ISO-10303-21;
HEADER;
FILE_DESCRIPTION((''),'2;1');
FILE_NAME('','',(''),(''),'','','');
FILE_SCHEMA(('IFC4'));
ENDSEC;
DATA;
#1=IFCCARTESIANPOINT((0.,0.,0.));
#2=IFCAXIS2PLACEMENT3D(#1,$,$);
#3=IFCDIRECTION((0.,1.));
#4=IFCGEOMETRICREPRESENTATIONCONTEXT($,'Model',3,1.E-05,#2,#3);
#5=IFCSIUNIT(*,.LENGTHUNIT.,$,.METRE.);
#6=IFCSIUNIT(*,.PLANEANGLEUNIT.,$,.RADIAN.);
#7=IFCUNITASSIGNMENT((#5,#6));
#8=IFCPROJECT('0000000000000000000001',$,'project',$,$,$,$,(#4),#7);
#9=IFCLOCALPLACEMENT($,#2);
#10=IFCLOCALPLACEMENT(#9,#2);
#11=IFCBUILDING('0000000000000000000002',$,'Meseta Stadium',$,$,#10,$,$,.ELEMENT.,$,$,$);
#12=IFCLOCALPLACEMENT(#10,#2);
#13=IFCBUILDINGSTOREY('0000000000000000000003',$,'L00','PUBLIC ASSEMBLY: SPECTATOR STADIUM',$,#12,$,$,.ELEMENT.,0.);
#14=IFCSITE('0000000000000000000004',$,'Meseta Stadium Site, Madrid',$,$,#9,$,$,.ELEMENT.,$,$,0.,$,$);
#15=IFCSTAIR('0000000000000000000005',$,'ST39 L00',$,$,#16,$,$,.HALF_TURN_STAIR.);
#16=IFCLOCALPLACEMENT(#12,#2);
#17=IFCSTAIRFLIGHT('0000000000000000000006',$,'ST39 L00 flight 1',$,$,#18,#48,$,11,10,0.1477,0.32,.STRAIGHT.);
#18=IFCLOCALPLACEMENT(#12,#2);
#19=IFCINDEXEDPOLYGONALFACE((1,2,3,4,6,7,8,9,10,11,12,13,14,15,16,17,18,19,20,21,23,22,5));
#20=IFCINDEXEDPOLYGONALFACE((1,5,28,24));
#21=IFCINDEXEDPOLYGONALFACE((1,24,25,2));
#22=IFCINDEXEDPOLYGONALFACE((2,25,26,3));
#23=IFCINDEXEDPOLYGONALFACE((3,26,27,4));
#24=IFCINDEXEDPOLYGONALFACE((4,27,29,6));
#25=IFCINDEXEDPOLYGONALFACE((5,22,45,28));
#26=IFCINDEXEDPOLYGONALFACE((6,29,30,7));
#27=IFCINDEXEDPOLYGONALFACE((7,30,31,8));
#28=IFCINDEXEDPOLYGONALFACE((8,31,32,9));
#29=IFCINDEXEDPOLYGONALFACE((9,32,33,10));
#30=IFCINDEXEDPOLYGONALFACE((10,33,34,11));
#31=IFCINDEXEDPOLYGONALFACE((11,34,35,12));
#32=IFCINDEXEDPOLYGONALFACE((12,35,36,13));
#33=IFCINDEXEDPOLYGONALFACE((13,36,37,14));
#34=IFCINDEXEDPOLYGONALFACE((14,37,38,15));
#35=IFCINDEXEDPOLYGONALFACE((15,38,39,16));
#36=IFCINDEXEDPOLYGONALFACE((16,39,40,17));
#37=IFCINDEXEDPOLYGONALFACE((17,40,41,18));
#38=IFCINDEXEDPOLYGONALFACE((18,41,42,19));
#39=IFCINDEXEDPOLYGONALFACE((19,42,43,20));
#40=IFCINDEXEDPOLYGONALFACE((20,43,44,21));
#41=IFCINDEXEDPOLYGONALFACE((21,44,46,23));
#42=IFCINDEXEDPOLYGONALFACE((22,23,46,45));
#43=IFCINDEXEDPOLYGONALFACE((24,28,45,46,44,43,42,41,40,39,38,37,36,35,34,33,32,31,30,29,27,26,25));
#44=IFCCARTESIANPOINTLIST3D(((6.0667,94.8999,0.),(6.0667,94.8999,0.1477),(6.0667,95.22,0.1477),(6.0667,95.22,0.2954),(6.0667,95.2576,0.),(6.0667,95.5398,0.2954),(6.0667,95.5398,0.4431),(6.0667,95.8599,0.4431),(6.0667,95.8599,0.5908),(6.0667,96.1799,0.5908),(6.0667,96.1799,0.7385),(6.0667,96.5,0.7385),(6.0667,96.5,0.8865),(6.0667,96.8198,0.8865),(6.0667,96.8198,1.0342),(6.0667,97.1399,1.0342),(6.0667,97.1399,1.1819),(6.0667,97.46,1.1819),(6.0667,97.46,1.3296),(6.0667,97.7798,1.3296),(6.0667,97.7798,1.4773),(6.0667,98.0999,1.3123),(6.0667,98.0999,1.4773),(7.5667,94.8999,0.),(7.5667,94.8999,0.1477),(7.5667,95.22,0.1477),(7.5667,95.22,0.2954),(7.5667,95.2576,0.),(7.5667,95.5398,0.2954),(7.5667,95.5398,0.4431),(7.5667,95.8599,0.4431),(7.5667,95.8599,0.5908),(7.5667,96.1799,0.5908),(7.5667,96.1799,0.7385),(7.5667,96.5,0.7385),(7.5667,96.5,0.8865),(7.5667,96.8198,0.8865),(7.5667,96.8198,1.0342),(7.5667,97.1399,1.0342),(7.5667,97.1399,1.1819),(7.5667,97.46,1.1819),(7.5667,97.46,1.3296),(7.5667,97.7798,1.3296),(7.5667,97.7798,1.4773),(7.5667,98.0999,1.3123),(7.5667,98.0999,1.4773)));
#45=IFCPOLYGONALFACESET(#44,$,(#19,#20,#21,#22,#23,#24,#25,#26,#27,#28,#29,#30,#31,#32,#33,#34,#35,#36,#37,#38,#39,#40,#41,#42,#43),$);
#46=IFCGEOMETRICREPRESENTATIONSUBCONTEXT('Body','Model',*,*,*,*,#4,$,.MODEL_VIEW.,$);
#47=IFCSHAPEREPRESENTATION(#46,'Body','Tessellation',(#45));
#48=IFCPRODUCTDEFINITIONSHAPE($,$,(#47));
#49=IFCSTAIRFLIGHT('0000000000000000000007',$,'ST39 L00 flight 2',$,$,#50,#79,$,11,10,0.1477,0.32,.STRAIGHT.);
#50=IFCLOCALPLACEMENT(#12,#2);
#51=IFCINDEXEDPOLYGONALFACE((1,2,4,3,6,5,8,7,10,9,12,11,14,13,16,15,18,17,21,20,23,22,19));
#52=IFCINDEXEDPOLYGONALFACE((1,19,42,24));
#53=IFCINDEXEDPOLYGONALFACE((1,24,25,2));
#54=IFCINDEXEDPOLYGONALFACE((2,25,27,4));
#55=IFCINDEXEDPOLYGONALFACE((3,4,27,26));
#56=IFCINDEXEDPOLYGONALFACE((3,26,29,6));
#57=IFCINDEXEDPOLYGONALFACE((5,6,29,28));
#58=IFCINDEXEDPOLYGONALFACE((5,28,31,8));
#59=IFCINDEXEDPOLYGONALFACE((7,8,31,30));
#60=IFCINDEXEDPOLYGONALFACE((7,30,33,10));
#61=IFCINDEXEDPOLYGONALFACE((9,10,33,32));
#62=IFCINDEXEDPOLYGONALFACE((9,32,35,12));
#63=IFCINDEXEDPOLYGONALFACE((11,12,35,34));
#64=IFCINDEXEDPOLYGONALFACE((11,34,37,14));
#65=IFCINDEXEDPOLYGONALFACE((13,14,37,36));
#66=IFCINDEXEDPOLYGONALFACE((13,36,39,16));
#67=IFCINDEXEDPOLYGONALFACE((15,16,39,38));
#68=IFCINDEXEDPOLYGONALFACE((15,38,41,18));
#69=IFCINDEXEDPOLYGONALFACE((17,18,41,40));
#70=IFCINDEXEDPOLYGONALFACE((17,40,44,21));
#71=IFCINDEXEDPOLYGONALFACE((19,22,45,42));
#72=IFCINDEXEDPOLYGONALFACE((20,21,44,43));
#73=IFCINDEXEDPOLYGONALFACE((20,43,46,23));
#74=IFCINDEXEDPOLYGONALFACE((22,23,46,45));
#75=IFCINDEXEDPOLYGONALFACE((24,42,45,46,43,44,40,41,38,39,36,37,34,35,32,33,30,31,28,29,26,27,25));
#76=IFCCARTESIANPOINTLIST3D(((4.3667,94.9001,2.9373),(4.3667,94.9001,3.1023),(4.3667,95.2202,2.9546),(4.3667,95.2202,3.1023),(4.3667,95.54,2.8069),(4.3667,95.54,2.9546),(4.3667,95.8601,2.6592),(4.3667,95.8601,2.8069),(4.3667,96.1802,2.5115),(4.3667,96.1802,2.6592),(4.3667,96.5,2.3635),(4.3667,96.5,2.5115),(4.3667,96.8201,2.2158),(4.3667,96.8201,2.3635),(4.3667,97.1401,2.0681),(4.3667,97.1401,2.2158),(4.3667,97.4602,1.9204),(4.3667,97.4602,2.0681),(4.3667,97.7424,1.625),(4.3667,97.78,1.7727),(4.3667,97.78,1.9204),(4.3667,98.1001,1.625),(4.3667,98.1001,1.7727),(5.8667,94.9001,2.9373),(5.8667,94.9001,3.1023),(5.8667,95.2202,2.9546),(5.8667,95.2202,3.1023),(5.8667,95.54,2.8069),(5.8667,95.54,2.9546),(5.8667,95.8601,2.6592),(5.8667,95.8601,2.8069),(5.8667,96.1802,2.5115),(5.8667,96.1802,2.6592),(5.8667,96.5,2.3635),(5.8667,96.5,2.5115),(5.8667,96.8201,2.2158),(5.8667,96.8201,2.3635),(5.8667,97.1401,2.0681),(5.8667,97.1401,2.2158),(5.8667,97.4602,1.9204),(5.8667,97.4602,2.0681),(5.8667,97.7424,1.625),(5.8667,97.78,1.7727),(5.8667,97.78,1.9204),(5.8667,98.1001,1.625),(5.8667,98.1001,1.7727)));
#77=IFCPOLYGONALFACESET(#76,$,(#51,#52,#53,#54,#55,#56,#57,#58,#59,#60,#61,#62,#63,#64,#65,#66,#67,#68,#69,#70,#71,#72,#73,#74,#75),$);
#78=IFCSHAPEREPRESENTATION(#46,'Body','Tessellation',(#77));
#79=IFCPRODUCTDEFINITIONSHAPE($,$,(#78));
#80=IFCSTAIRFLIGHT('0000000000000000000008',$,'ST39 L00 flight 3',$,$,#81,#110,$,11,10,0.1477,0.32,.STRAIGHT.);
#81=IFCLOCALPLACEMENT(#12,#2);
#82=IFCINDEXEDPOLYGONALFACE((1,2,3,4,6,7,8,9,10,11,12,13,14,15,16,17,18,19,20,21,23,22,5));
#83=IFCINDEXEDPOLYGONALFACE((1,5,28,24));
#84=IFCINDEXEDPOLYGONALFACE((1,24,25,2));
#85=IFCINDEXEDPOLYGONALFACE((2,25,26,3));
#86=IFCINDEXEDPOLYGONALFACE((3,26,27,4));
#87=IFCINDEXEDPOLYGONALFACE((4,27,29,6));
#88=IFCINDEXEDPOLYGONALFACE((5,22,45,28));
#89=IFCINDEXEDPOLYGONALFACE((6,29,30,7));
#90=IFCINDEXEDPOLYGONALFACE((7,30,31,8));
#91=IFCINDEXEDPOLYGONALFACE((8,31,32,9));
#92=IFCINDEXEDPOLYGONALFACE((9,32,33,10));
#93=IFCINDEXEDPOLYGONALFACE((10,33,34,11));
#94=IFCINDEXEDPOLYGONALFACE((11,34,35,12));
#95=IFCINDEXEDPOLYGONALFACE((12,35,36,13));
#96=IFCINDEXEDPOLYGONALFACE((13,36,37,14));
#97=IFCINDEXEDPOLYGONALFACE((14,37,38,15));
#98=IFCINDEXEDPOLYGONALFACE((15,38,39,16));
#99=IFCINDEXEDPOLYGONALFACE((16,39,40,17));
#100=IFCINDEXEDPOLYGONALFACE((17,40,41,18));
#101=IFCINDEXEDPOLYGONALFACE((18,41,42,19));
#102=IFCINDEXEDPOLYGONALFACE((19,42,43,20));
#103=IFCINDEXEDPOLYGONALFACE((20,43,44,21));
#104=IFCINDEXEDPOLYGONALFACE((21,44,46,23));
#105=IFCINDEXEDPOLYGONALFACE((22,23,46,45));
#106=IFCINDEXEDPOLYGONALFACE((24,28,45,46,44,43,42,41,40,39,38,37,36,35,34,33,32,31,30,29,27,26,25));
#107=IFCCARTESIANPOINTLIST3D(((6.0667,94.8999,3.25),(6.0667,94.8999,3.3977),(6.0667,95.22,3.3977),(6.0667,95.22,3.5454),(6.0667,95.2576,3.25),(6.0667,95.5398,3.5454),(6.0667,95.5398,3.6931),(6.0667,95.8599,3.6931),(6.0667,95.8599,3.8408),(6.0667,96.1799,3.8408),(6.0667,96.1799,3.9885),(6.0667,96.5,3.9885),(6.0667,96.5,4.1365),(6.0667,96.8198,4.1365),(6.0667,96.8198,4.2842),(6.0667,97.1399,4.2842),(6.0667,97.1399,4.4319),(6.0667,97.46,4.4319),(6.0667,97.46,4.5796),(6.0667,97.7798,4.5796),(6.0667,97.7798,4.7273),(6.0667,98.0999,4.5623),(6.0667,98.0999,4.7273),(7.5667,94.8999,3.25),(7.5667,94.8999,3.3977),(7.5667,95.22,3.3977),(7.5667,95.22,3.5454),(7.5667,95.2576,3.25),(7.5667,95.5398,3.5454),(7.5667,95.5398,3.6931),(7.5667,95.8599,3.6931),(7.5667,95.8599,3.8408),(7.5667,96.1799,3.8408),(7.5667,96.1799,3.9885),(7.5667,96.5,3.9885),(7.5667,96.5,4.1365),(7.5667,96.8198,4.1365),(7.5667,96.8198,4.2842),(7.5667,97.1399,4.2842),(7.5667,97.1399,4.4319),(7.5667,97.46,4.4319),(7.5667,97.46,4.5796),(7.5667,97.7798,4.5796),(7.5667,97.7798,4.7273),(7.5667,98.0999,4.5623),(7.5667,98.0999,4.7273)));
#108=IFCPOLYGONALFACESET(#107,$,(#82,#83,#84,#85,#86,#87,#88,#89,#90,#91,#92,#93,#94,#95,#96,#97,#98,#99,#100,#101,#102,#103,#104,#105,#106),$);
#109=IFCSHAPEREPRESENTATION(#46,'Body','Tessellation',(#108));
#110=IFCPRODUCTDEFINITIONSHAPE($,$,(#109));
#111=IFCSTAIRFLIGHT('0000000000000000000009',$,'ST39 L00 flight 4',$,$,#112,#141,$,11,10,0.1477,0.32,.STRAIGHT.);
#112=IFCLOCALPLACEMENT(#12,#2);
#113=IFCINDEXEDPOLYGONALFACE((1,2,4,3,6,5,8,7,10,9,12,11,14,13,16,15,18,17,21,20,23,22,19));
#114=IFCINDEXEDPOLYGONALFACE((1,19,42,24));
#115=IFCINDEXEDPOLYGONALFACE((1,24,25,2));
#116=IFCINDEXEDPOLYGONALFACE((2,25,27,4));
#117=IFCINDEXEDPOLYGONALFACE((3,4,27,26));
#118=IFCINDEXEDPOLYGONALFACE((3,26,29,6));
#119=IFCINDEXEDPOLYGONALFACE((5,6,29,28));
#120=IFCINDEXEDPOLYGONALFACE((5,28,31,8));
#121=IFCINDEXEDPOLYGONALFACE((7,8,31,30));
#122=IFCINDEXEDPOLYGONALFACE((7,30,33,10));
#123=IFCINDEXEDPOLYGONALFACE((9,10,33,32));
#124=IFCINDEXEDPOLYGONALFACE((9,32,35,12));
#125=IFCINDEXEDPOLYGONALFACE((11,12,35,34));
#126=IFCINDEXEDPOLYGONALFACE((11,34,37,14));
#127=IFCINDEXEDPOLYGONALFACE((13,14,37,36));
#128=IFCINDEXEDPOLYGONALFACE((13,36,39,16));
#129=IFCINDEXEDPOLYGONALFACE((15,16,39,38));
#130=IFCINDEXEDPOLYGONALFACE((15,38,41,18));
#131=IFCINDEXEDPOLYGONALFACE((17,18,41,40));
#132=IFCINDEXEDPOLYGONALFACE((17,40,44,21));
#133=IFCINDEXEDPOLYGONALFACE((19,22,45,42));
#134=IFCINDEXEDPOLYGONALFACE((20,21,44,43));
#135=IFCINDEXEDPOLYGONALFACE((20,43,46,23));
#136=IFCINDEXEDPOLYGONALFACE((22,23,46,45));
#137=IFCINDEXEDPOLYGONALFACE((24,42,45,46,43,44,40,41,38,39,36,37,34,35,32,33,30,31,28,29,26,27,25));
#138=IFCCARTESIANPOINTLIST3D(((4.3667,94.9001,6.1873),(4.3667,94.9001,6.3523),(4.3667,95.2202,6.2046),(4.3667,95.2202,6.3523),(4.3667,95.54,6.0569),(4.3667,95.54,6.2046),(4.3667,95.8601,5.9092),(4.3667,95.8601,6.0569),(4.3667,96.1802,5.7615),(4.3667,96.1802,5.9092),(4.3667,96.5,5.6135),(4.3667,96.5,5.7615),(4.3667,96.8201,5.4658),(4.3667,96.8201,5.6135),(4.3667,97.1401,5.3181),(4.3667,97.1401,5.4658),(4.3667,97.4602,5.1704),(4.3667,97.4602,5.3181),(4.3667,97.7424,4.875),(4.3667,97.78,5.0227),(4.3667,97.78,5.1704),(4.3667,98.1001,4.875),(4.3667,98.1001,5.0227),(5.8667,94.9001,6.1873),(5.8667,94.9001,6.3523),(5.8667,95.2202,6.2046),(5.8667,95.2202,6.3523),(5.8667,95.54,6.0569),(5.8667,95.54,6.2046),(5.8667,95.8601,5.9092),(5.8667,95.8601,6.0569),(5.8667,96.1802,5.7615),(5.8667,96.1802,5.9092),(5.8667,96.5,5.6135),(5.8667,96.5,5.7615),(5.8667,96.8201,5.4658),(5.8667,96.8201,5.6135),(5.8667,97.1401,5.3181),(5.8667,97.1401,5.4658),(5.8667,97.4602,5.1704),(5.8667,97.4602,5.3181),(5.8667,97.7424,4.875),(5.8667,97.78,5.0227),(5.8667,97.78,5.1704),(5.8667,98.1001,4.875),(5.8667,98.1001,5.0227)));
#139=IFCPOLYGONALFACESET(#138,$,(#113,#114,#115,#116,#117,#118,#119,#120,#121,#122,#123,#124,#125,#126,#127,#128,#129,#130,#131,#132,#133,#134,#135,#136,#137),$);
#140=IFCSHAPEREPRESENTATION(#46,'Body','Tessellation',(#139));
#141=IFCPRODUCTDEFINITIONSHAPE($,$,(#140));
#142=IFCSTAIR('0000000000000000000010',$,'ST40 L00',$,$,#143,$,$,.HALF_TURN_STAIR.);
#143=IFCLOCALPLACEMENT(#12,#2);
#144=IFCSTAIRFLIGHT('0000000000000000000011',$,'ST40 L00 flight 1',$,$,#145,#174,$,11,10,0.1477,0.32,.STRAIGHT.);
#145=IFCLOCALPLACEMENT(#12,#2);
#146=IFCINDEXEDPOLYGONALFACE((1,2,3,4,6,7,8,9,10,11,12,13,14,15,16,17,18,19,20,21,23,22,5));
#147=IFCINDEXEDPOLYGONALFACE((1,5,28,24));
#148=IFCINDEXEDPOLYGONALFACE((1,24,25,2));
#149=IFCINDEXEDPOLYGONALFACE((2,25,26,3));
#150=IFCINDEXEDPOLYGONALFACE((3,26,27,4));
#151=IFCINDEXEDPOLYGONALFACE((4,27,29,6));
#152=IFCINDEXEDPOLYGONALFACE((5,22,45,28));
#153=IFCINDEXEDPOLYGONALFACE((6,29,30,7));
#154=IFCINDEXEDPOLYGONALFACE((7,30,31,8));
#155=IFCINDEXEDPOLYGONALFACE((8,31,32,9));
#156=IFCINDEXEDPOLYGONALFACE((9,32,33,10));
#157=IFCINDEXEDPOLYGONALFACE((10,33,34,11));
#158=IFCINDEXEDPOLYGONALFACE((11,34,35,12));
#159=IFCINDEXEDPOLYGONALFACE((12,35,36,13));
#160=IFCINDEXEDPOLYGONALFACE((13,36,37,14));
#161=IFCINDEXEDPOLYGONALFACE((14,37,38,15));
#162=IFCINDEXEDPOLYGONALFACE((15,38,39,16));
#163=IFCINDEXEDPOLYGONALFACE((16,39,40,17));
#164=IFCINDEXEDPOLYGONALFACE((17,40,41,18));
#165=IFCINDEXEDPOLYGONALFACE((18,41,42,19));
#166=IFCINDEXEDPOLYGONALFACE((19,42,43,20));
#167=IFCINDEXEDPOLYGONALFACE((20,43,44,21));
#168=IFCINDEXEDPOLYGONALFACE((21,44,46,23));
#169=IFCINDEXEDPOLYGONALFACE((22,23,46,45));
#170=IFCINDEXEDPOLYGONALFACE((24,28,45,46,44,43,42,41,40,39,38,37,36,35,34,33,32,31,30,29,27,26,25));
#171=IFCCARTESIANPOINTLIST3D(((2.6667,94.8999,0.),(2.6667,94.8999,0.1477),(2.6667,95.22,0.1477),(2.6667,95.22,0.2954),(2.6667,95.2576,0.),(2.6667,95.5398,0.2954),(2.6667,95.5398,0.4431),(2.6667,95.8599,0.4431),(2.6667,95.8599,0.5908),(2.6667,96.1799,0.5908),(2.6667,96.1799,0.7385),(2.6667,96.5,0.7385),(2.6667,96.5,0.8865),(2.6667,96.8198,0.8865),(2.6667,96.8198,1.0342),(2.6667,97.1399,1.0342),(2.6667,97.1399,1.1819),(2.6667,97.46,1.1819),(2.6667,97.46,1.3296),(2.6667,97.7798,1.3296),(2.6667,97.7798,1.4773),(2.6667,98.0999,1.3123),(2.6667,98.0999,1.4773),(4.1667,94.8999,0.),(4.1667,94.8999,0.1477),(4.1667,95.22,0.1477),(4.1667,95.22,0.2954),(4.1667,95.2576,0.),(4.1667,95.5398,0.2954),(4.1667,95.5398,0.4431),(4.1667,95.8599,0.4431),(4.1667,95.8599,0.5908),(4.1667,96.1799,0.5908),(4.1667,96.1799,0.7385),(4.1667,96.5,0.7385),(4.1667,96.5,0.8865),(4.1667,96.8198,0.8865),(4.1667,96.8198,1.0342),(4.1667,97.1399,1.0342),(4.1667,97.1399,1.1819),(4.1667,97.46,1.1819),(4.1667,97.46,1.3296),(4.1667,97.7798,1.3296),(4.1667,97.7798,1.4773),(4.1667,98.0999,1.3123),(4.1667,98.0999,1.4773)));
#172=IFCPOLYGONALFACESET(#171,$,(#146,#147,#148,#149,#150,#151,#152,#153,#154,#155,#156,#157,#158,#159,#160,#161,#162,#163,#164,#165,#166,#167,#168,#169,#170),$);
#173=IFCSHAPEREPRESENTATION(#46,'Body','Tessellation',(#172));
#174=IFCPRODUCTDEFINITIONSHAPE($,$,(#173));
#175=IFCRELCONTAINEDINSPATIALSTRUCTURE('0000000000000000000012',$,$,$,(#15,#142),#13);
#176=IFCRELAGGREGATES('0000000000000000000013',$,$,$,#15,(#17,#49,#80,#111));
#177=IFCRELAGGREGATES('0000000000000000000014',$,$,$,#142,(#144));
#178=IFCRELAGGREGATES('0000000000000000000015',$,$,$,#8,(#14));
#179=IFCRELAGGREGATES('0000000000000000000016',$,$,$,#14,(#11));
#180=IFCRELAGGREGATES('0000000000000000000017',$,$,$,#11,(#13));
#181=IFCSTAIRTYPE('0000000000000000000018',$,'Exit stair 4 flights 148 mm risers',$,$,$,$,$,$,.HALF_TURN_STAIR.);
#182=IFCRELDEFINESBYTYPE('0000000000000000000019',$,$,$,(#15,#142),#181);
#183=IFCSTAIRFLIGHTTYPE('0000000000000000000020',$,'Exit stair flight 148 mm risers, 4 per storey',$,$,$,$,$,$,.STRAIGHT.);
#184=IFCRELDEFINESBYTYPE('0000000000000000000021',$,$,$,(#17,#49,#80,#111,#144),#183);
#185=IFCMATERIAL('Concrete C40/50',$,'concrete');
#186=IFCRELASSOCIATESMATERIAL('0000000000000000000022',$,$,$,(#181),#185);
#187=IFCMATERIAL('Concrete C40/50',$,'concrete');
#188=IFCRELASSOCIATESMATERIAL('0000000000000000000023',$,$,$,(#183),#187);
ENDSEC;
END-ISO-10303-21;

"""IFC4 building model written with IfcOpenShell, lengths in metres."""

from ifc_helpers import new_model, si_unit, direction, frame, origin, place, context, subcontext, project, spatial, polyline, outline, extrude, material, type_object, element, aggregate, save


model = new_model("IFC4")

# Units and contexts
model_context = context("Model", 3, precision=1e-05, world=origin(), true_north=direction((0.0, 1.0)))
body_context = subcontext(model_context, "Body", "Model", "MODEL_VIEW")
ifc_project = project(units=[si_unit("LENGTHUNIT", "METRE"), si_unit("PLANEANGLEUNIT", "RADIAN")], contexts=[model_context])

# Site, building, storey
site_placement = place(None, origin())
site = spatial("IfcSite", under=ifc_project, at=site_placement, Name="Meseta Stadium Site, Madrid", CompositionType="ELEMENT", RefElevation=0.0)
building_placement = place(site_placement, origin())
building = spatial("IfcBuilding", under=site, at=building_placement, Name="Meseta Stadium", CompositionType="ELEMENT")
storey_placement = place(building_placement, origin())
storey = spatial("IfcBuildingStorey", under=building, at=storey_placement, Name="L00", Description="PUBLIC ASSEMBLY: SPECTATOR STADIUM", CompositionType="ELEMENT", Elevation=0.0)

# Stairs, stair flights
ifc_material_1 = material(Name="Concrete C40/50", Category="concrete")
stair_type = type_object("IfcStairType", Name="Exit stair 4 flights 148 mm risers", PredefinedType="HALF_TURN_STAIR", material=ifc_material_1)
stair_1_placement = place(storey_placement, origin())
stair_1 = element("IfcStair", 1, at=stair_1_placement, inside=storey, type_object=stair_type, Name="ST39 L00", PredefinedType="HALF_TURN_STAIR")
ifc_material_2 = material(Name="Concrete C40/50", Category="concrete")
stair_flight_type = type_object("IfcStairFlightType", Name="Exit stair flight 148 mm risers, 4 per storey", PredefinedType="STRAIGHT", material=ifc_material_2)
stair_flight_1_placement = place(storey_placement, frame((6.8167, 94.8999, 0.0), z_axis=(0.0, 0.0, 1.0), x_axis=(0.0, 1.0, 0.0)))
stair_flight_1 = element("IfcStairFlight", 2, at=stair_flight_1_placement, type_object=stair_flight_type, Name="ST39 L00 flight 1", NumberOfRisers=11, NumberOfTreads=10, PredefinedType="STRAIGHT", RiserHeight=0.1477, TreadLength=0.32, context=body_context, shape_type="SweptSolid", body=[
    extrude(outline(polyline([(0.0, 0.0), (0.0, 0.1477), (0.3201, 0.1477), (0.3201, 0.2954), (0.6399, 0.2954), (0.6399, 0.4431), (0.96, 0.4431), (0.96, 0.5908), (1.28, 0.5908), (1.28, 0.7385), (1.6001, 0.7385), (1.6001, 0.8865), (1.9199, 0.8865), (1.9199, 1.0342), (2.24, 1.0342), (2.24, 1.1819), (2.5601, 1.1819), (2.5601, 1.3296), (2.8799, 1.3296), (2.8799, 1.4773), (3.2, 1.4773), (3.2, 1.3123), (0.3577, 0.0), (0.0, 0.0)])), frame((0.0, 0.75, 0.0), z_axis=(0.0, -1.0, 0.0), x_axis=(1.0, 0.0, 0.0)), (0.0, 0.0, 1.0), 1.5),
])
stair_flight_2_placement = place(storey_placement, frame((5.1167, 98.1001, 1.625), z_axis=(0.0, 0.0, 1.0), x_axis=(0.0, -1.0, 0.0)))
stair_flight_2 = element("IfcStairFlight", 3, at=stair_flight_2_placement, type_object=stair_flight_type, Name="ST39 L00 flight 2", NumberOfRisers=11, NumberOfTreads=10, PredefinedType="STRAIGHT", RiserHeight=0.1477, TreadLength=0.32, context=body_context, shape_type="SweptSolid", body=[
    extrude(outline(polyline([(0.0, 0.0), (0.0, 0.1477), (0.3201, 0.1477), (0.3201, 0.2954), (0.6399, 0.2954), (0.6399, 0.4431), (0.96, 0.4431), (0.96, 0.5908), (1.28, 0.5908), (1.28, 0.7385), (1.6001, 0.7385), (1.6001, 0.8865), (1.9199, 0.8865), (1.9199, 1.0342), (2.24, 1.0342), (2.24, 1.1819), (2.5601, 1.1819), (2.5601, 1.3296), (2.8799, 1.3296), (2.8799, 1.4773), (3.2, 1.4773), (3.2, 1.3123), (0.3577, 0.0), (0.0, 0.0)])), frame((0.0, 0.75, 0.0), z_axis=(0.0, -1.0, 0.0), x_axis=(1.0, 0.0, 0.0)), (0.0, 0.0, 1.0), 1.5),
])
stair_flight_3_placement = place(storey_placement, frame((6.8167, 94.8999, 3.25), z_axis=(0.0, 0.0, 1.0), x_axis=(0.0, 1.0, 0.0)))
stair_flight_3 = element("IfcStairFlight", 4, at=stair_flight_3_placement, type_object=stair_flight_type, Name="ST39 L00 flight 3", NumberOfRisers=11, NumberOfTreads=10, PredefinedType="STRAIGHT", RiserHeight=0.1477, TreadLength=0.32, context=body_context, shape_type="SweptSolid", body=[
    extrude(outline(polyline([(0.0, 0.0), (0.0, 0.1477), (0.3201, 0.1477), (0.3201, 0.2954), (0.6399, 0.2954), (0.6399, 0.4431), (0.96, 0.4431), (0.96, 0.5908), (1.28, 0.5908), (1.28, 0.7385), (1.6001, 0.7385), (1.6001, 0.8865), (1.9199, 0.8865), (1.9199, 1.0342), (2.24, 1.0342), (2.24, 1.1819), (2.5601, 1.1819), (2.5601, 1.3296), (2.8799, 1.3296), (2.8799, 1.4773), (3.2, 1.4773), (3.2, 1.3123), (0.3577, 0.0), (0.0, 0.0)])), frame((0.0, 0.75, 0.0), z_axis=(0.0, -1.0, 0.0), x_axis=(1.0, 0.0, 0.0)), (0.0, 0.0, 1.0), 1.5),
])
stair_flight_4_placement = place(storey_placement, frame((5.1167, 98.1001, 4.875), z_axis=(0.0, 0.0, 1.0), x_axis=(0.0, -1.0, 0.0)))
stair_flight_4 = element("IfcStairFlight", 5, at=stair_flight_4_placement, type_object=stair_flight_type, Name="ST39 L00 flight 4", NumberOfRisers=11, NumberOfTreads=10, PredefinedType="STRAIGHT", RiserHeight=0.1477, TreadLength=0.32, context=body_context, shape_type="SweptSolid", body=[
    extrude(outline(polyline([(0.0, 0.0), (0.0, 0.1477), (0.3201, 0.1477), (0.3201, 0.2954), (0.6399, 0.2954), (0.6399, 0.4431), (0.96, 0.4431), (0.96, 0.5908), (1.28, 0.5908), (1.28, 0.7385), (1.6001, 0.7385), (1.6001, 0.8865), (1.9199, 0.8865), (1.9199, 1.0342), (2.24, 1.0342), (2.24, 1.1819), (2.5601, 1.1819), (2.5601, 1.3296), (2.8799, 1.3296), (2.8799, 1.4773), (3.2, 1.4773), (3.2, 1.3123), (0.3577, 0.0), (0.0, 0.0)])), frame((0.0, 0.75, 0.0), z_axis=(0.0, -1.0, 0.0), x_axis=(1.0, 0.0, 0.0)), (0.0, 0.0, 1.0), 1.5),
])
aggregate(stair_1, [stair_flight_1, stair_flight_2, stair_flight_3, stair_flight_4])
stair_2_placement = place(storey_placement, origin())
stair_2 = element("IfcStair", 6, at=stair_2_placement, inside=storey, type_object=stair_type, Name="ST40 L00", PredefinedType="HALF_TURN_STAIR")
stair_flight_5_placement = place(storey_placement, frame((3.4167, 94.8999, 0.0), z_axis=(0.0, 0.0, 1.0), x_axis=(0.0, 1.0, 0.0)))
stair_flight_5 = element("IfcStairFlight", 7, at=stair_flight_5_placement, type_object=stair_flight_type, Name="ST40 L00 flight 1", NumberOfRisers=11, NumberOfTreads=10, PredefinedType="STRAIGHT", RiserHeight=0.1477, TreadLength=0.32, context=body_context, shape_type="SweptSolid", body=[
    extrude(outline(polyline([(0.0, 0.0), (0.0, 0.1477), (0.3201, 0.1477), (0.3201, 0.2954), (0.6399, 0.2954), (0.6399, 0.4431), (0.96, 0.4431), (0.96, 0.5908), (1.28, 0.5908), (1.28, 0.7385), (1.6001, 0.7385), (1.6001, 0.8865), (1.9199, 0.8865), (1.9199, 1.0342), (2.24, 1.0342), (2.24, 1.1819), (2.5601, 1.1819), (2.5601, 1.3296), (2.8799, 1.3296), (2.8799, 1.4773), (3.2, 1.4773), (3.2, 1.3123), (0.3577, 0.0), (0.0, 0.0)])), frame((0.0, 0.75, 0.0), z_axis=(0.0, -1.0, 0.0), x_axis=(1.0, 0.0, 0.0)), (0.0, 0.0, 1.0), 1.5),
])
aggregate(stair_2, [stair_flight_5])

save(model, "model.ifc")
